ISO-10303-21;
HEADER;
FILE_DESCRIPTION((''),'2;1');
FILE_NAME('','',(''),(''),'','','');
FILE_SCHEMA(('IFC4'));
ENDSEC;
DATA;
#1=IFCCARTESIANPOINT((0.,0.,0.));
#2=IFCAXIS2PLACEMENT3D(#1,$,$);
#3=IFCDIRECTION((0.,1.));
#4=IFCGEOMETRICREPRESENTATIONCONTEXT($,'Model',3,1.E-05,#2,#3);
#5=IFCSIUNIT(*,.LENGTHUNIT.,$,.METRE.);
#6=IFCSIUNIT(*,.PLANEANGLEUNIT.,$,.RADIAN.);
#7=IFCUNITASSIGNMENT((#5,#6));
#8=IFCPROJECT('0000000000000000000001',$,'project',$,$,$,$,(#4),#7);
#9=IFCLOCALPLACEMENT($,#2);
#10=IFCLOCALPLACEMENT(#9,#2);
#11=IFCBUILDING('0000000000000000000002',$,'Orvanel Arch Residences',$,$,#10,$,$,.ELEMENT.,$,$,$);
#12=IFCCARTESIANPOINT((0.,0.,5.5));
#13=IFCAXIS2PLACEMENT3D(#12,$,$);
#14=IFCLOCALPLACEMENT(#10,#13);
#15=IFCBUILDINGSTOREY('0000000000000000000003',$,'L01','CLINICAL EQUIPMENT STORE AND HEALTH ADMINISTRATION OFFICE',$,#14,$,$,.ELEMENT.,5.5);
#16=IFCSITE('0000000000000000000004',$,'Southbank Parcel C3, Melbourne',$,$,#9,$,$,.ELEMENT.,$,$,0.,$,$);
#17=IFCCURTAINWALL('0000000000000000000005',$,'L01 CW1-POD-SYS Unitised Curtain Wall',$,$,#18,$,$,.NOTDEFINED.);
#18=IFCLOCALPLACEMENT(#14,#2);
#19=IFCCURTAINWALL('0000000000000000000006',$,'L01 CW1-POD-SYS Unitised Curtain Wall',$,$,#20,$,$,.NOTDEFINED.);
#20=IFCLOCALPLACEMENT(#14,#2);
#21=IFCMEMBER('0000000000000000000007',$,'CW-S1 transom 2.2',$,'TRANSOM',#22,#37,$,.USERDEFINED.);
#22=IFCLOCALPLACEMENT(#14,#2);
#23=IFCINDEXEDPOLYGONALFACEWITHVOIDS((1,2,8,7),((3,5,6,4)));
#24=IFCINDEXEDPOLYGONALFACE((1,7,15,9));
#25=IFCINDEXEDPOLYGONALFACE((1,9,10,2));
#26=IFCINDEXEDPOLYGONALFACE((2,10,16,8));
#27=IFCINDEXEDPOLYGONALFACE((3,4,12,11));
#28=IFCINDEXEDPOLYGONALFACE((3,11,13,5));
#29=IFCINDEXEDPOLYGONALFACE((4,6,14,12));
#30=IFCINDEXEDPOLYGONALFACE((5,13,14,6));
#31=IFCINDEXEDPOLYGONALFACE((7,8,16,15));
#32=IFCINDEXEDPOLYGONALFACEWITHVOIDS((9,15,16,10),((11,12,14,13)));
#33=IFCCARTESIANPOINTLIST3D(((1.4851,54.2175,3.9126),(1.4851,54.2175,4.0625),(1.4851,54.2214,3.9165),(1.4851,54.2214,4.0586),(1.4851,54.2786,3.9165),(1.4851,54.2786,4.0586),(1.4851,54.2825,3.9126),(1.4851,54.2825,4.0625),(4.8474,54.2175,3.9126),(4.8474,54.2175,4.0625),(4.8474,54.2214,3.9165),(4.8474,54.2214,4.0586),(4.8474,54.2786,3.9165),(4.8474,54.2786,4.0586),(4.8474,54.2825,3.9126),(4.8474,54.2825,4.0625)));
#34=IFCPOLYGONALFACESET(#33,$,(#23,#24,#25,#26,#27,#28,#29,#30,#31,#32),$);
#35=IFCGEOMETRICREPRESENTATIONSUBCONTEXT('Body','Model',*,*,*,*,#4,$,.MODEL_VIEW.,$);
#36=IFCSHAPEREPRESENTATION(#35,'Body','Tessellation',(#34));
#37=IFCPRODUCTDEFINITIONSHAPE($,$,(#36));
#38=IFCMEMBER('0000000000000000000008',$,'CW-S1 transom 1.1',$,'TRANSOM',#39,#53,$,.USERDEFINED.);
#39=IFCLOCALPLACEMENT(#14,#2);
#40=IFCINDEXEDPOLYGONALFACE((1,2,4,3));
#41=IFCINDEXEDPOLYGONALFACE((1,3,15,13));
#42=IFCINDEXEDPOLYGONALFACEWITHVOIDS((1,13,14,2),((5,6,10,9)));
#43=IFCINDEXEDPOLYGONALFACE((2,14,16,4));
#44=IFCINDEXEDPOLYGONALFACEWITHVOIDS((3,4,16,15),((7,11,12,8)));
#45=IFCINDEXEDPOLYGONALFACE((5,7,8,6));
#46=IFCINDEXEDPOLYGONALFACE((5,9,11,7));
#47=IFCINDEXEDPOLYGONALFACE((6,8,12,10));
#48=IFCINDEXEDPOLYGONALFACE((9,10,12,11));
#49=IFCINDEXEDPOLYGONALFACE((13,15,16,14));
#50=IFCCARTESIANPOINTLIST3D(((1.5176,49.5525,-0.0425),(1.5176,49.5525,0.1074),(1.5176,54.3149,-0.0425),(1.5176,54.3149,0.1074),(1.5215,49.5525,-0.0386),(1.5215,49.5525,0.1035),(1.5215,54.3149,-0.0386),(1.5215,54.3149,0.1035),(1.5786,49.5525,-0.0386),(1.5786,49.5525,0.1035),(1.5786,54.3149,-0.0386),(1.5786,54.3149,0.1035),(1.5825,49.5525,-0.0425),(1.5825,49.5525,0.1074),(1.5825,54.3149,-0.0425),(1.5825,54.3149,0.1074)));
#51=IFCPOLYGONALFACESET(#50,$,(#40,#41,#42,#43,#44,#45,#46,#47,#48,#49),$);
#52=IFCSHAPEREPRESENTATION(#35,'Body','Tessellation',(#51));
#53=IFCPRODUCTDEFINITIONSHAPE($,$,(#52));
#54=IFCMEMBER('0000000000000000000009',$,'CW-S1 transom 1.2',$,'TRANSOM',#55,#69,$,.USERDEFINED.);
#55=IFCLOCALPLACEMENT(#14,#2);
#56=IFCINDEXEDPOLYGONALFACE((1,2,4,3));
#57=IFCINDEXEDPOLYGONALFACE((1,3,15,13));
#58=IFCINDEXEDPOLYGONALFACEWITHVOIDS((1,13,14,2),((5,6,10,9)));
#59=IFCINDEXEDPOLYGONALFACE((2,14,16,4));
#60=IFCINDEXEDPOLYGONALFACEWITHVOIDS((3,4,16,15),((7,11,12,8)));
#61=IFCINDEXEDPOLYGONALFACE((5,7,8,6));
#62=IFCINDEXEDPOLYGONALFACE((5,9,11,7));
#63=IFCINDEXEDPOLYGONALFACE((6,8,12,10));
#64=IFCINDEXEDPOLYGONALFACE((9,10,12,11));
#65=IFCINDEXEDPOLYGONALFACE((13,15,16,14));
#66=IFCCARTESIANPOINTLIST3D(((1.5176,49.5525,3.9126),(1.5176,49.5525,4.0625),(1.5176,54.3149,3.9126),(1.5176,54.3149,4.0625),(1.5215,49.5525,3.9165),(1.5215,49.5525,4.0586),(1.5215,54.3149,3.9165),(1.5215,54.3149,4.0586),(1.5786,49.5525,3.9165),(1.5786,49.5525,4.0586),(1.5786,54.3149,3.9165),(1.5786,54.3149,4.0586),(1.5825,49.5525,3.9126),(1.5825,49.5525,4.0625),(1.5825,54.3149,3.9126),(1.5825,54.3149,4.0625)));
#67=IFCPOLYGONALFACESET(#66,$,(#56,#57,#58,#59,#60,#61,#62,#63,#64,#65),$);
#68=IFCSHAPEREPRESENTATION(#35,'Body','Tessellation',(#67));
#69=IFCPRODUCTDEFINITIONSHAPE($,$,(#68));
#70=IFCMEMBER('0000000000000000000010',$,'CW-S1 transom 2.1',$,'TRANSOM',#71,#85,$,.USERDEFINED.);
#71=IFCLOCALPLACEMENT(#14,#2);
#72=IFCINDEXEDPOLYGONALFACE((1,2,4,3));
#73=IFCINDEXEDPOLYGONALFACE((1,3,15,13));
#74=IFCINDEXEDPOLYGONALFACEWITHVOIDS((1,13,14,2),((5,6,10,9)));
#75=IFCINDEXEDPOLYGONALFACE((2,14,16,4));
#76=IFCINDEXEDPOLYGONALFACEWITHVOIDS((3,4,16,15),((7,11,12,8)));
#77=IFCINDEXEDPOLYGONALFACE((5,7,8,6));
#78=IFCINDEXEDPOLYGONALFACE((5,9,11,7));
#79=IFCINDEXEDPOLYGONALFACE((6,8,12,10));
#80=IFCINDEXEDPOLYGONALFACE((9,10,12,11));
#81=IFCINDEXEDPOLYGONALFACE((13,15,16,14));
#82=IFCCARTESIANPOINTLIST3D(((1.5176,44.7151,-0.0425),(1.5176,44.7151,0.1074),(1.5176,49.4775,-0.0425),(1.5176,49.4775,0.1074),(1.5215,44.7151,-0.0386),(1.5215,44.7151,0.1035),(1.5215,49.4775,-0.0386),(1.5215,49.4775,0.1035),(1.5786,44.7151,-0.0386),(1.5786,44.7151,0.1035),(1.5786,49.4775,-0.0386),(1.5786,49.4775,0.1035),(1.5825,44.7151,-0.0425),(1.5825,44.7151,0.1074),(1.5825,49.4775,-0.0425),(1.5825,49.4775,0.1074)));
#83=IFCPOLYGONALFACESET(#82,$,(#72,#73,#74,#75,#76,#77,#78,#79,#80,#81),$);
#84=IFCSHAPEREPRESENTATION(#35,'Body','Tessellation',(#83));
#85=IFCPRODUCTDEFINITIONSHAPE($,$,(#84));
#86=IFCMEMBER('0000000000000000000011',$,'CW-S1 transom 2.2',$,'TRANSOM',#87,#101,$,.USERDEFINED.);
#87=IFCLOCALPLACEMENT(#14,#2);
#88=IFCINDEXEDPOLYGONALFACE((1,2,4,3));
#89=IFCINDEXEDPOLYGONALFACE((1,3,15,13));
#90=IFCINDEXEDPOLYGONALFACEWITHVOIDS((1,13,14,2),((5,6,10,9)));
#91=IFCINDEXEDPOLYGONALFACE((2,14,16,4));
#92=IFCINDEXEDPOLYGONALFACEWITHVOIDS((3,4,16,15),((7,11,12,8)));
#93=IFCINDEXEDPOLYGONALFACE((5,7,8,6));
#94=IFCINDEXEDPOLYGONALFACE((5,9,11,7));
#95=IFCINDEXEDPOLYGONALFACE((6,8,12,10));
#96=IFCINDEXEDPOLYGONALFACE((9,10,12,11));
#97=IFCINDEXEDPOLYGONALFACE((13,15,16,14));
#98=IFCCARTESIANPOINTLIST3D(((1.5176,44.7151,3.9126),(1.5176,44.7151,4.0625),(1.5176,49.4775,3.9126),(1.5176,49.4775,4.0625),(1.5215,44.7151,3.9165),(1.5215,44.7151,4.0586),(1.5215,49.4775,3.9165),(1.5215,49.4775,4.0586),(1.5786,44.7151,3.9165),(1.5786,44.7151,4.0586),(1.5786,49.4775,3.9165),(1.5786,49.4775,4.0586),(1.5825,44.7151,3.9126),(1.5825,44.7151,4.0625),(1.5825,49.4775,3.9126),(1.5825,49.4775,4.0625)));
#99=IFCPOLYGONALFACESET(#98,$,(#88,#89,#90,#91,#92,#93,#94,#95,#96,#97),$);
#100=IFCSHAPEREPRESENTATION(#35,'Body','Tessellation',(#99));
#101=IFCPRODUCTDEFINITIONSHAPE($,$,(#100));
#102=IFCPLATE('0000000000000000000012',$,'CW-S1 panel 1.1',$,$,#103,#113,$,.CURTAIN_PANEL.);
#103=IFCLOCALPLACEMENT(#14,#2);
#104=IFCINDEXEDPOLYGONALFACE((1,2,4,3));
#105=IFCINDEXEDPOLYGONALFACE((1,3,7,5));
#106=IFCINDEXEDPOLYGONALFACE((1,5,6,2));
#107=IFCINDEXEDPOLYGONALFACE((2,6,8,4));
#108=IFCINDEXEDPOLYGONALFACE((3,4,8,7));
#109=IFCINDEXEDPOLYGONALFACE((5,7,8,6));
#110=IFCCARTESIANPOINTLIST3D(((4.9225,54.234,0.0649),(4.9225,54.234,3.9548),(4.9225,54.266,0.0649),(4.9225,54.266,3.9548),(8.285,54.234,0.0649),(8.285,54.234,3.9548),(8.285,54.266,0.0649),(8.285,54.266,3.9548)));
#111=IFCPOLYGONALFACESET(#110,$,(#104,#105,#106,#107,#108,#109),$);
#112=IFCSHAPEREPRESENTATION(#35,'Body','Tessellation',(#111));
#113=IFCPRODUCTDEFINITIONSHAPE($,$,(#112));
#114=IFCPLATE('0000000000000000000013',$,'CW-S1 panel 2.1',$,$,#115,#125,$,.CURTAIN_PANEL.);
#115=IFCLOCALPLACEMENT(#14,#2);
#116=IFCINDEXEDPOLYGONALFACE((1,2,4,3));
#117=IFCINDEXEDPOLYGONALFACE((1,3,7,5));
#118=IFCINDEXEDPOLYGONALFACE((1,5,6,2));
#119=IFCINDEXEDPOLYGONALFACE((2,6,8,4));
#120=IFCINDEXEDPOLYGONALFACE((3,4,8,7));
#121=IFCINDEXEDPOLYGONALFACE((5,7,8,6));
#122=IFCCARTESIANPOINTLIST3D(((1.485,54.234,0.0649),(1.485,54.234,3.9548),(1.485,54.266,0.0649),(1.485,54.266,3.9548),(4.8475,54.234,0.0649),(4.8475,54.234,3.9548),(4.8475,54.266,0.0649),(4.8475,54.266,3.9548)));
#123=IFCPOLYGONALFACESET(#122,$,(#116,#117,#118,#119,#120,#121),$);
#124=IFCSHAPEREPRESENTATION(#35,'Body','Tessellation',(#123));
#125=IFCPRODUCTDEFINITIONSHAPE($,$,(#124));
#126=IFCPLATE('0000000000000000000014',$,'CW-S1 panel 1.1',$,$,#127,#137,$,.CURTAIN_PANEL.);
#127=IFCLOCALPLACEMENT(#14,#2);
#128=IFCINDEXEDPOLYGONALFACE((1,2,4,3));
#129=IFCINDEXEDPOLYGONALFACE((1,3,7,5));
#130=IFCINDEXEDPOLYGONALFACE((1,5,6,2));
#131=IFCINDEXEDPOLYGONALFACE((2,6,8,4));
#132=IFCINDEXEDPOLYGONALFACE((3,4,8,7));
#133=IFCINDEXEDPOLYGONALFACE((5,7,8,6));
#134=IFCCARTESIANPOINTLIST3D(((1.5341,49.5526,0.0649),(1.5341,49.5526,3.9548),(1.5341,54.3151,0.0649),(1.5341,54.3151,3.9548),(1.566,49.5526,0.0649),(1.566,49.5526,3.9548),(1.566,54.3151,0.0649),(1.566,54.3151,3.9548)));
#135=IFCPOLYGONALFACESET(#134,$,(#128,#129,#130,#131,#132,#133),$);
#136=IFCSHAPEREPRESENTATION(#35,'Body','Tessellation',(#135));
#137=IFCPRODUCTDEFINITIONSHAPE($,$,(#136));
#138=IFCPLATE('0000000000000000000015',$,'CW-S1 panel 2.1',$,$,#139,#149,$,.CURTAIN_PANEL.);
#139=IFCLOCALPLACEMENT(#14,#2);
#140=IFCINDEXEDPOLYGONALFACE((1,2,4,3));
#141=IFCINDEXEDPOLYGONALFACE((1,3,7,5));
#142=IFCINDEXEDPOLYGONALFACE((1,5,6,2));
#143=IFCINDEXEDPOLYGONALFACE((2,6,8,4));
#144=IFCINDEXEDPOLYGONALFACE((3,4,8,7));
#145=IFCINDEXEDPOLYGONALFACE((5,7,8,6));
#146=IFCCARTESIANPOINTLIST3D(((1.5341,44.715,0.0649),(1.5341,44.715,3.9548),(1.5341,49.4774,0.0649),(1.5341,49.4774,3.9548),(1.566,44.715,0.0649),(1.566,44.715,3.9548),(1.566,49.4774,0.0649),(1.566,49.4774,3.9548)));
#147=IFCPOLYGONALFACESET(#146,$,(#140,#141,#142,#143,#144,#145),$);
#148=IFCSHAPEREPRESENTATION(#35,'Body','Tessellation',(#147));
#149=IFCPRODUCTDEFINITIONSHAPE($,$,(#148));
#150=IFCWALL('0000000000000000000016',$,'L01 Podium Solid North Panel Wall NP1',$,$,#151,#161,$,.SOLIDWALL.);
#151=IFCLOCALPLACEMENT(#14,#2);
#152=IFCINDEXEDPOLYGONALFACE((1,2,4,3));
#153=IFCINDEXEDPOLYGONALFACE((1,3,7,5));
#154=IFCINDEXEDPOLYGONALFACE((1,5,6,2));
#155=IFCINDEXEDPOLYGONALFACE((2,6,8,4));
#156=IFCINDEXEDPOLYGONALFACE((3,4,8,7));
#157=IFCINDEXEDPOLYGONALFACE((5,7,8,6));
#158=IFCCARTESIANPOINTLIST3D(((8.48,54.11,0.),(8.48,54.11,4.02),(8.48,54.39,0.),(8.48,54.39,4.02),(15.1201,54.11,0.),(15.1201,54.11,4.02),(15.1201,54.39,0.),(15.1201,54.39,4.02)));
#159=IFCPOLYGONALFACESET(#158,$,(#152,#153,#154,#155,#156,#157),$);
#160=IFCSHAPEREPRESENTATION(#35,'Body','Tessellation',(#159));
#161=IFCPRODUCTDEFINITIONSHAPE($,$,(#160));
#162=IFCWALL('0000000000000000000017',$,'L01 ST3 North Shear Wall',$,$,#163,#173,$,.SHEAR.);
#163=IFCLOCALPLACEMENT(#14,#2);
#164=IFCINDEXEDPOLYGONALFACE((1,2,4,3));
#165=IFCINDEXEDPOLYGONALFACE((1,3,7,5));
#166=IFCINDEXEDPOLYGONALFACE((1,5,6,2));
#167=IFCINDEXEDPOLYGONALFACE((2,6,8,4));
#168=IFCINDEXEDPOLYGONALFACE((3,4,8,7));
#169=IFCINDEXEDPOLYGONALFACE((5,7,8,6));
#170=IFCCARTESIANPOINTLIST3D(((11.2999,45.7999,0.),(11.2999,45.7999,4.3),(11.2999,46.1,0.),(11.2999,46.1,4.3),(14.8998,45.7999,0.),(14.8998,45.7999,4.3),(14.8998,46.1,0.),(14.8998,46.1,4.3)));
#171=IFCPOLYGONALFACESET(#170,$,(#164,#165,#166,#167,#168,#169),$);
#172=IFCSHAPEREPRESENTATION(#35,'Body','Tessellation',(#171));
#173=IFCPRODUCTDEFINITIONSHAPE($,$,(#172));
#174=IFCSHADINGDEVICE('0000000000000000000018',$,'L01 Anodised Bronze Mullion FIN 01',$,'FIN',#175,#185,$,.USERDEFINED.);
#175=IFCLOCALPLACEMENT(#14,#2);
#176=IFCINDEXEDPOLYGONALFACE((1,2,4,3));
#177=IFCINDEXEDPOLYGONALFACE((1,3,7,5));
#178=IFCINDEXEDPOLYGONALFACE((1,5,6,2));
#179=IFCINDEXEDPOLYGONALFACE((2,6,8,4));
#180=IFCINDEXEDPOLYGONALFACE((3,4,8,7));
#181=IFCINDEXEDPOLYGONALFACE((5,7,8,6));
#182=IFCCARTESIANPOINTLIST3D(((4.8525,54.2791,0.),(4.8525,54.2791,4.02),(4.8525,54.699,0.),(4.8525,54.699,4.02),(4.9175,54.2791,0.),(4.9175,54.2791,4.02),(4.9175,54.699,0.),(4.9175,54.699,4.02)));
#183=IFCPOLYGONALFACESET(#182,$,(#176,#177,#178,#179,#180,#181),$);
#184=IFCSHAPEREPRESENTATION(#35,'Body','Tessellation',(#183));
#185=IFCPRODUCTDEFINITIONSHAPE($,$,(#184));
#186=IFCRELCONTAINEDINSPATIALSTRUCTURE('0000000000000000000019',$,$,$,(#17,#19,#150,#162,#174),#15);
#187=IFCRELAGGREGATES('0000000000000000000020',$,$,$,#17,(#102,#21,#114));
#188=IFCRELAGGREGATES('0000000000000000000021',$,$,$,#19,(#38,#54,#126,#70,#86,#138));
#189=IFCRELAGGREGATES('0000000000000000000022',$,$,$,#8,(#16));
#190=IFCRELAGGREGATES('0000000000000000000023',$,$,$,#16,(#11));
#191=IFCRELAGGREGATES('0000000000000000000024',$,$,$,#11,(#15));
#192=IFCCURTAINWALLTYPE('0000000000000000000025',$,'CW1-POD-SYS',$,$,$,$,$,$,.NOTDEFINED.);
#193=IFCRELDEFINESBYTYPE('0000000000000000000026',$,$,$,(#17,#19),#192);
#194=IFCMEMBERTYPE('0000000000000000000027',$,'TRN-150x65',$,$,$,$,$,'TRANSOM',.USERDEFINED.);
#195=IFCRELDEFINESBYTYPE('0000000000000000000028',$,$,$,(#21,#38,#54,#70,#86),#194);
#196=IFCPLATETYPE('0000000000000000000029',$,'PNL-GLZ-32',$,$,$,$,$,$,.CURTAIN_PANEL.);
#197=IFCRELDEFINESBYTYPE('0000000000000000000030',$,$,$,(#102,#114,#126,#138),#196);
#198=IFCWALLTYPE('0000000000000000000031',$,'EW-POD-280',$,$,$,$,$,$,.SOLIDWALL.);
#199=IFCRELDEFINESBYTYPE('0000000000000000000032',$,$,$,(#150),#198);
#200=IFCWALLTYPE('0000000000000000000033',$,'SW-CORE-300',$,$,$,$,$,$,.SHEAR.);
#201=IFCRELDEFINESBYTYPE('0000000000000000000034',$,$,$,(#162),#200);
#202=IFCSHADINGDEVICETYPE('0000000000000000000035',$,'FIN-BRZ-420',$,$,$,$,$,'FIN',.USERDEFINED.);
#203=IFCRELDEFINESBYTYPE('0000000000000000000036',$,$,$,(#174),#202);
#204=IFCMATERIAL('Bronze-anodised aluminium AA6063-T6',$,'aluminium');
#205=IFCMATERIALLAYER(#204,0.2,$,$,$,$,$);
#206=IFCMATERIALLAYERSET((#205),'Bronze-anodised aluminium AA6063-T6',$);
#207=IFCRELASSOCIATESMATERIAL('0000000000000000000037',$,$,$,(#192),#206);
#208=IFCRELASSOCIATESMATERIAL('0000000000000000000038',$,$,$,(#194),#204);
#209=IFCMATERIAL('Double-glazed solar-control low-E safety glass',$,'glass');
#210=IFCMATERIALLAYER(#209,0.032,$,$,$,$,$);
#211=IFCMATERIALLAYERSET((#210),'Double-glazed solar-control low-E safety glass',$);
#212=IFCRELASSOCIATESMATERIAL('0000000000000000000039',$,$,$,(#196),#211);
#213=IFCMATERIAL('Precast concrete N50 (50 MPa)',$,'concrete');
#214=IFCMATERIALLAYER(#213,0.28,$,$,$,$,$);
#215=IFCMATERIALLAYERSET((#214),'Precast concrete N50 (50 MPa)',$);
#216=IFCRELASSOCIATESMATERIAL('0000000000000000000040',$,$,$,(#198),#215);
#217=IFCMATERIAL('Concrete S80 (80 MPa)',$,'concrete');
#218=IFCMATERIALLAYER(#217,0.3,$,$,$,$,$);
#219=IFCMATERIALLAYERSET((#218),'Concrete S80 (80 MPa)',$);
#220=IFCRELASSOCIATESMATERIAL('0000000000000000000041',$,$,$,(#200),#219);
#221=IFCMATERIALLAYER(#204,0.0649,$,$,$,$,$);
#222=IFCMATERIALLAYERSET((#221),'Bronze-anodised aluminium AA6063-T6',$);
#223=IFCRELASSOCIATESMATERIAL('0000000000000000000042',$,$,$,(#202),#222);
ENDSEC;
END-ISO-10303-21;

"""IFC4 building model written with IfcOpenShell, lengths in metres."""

from ifc_helpers import new_model, si_unit, direction, frame, frame_2d, origin, origin_2d, place, context, subcontext, project, spatial, rectangle, hollow_rectangle, extrude, material, layer, layer_set, material_profile, profile_set, type_object, element, aggregate, save


model = new_model("IFC4")

# Units and contexts
model_context = context("Model", 3, precision=1e-05, world=origin(), true_north=direction((0.0, 1.0)))
body_context = subcontext(model_context, "Body", "Model", "MODEL_VIEW")
ifc_project = project(units=[si_unit("LENGTHUNIT", "METRE"), si_unit("PLANEANGLEUNIT", "RADIAN")], contexts=[model_context])

# Site, building, storey
site_placement = place(None, origin())
site = spatial("IfcSite", under=ifc_project, at=site_placement, Name="Southbank Parcel C3, Melbourne", CompositionType="ELEMENT", RefElevation=0.0)
building_placement = place(site_placement, origin())
building = spatial("IfcBuilding", under=site, at=building_placement, Name="Orvanel Arch Residences", CompositionType="ELEMENT")
storey_placement = place(building_placement, frame((0.0, 0.0, 5.5)))
storey = spatial("IfcBuildingStorey", under=building, at=storey_placement, Name="L01", Description="CLINICAL EQUIPMENT STORE AND HEALTH ADMINISTRATION OFFICE", CompositionType="ELEMENT", Elevation=5.5)

# Curtain walls
ifc_material_1 = material(Name="Bronze-anodised aluminium AA6063-T6", Category="aluminium")
ifc_layer_1 = layer(ifc_material_1, 0.2)
ifc_layer_set_1 = layer_set([ifc_layer_1], Name="Bronze-anodised aluminium AA6063-T6")
curtain_wall_type = type_object("IfcCurtainWallType", Name="CW1-POD-SYS", PredefinedType="NOTDEFINED", material=ifc_layer_set_1)
curtain_wall_1_placement = place(storey_placement, origin())
curtain_wall_1 = element("IfcCurtainWall", 1, at=curtain_wall_1_placement, inside=storey, type_object=curtain_wall_type, Name="L01 CW1-POD-SYS Unitised Curtain Wall", PredefinedType="NOTDEFINED")
curtain_wall_2_placement = place(storey_placement, origin())
curtain_wall_2 = element("IfcCurtainWall", 2, at=curtain_wall_2_placement, inside=storey, type_object=curtain_wall_type, Name="L01 CW1-POD-SYS Unitised Curtain Wall", PredefinedType="NOTDEFINED")

# Members
ifc_material_profile_1 = material_profile(ifc_material_1, hollow_rectangle(XDim=0.0649, YDim=0.1499, WallThickness=0.0039, at=origin_2d()), Name="ALU150x65x4")
ifc_profile_set_1 = profile_set([ifc_material_profile_1], Name="Bronze-anodised aluminium AA6063-T6")
member_type_1 = type_object("IfcMemberType", Name="TRN-150x65", ElementType="TRANSOM", PredefinedType="USERDEFINED", material=ifc_profile_set_1)
member_1_placement = place(storey_placement, frame((4.8474, 54.25, 3.9875), z_axis=(-1.0, 0.0, 0.0), x_axis=(0.0, -1.0, 0.0)))
member_1 = element("IfcMember", 3, at=member_1_placement, type_object=member_type_1, Name="CW-S1 transom 2.2", ObjectType="TRANSOM", PredefinedType="USERDEFINED", context=body_context, shape_type="SweptSolid", body=[
    extrude(hollow_rectangle(XDim=0.0649, YDim=0.1499, WallThickness=0.0039, at=origin_2d()), origin(), (0.0, 0.0, 1.0), 3.3623),
])
member_2_placement = place(storey_placement, frame((1.55, 54.3149, 0.0325), z_axis=(0.0, -1.0, 0.0), x_axis=(1.0, 0.0, 0.0)))
member_2 = element("IfcMember", 4, at=member_2_placement, type_object=member_type_1, Name="CW-S1 transom 1.1", ObjectType="TRANSOM", PredefinedType="USERDEFINED", context=body_context, shape_type="SweptSolid", body=[
    extrude(hollow_rectangle(XDim=0.0649, YDim=0.1499, WallThickness=0.0039, at=origin_2d()), origin(), (0.0, 0.0, 1.0), 4.7625),
])
member_3_placement = place(storey_placement, frame((1.55, 54.3149, 3.9875), z_axis=(0.0, -1.0, 0.0), x_axis=(1.0, 0.0, 0.0)))
member_3 = element("IfcMember", 5, at=member_3_placement, type_object=member_type_1, Name="CW-S1 transom 1.2", ObjectType="TRANSOM", PredefinedType="USERDEFINED", context=body_context, shape_type="SweptSolid", body=[
    extrude(hollow_rectangle(XDim=0.0649, YDim=0.1499, WallThickness=0.0039, at=origin_2d()), origin(), (0.0, 0.0, 1.0), 4.7625),
])
member_4_placement = place(storey_placement, frame((1.55, 49.4775, 0.0325), z_axis=(0.0, -1.0, 0.0), x_axis=(1.0, 0.0, 0.0)))
member_4 = element("IfcMember", 6, at=member_4_placement, type_object=member_type_1, Name="CW-S1 transom 2.1", ObjectType="TRANSOM", PredefinedType="USERDEFINED", context=body_context, shape_type="SweptSolid", body=[
    extrude(hollow_rectangle(XDim=0.0649, YDim=0.1499, WallThickness=0.0039, at=origin_2d()), origin(), (0.0, 0.0, 1.0), 4.7625),
])
member_5_placement = place(storey_placement, frame((1.55, 49.4775, 3.9875), z_axis=(0.0, -1.0, 0.0), x_axis=(1.0, 0.0, 0.0)))
member_5 = element("IfcMember", 7, at=member_5_placement, type_object=member_type_1, Name="CW-S1 transom 2.2", ObjectType="TRANSOM", PredefinedType="USERDEFINED", context=body_context, shape_type="SweptSolid", body=[
    extrude(hollow_rectangle(XDim=0.0649, YDim=0.1499, WallThickness=0.0039, at=origin_2d()), origin(), (0.0, 0.0, 1.0), 4.7625),
])

# Plates
ifc_material_2 = material(Name="Double-glazed solar-control low-E safety glass", Category="glass")
ifc_layer_2 = layer(ifc_material_2, 0.032)
ifc_layer_set_2 = layer_set([ifc_layer_2], Name="Double-glazed solar-control low-E safety glass")
plate_type = type_object("IfcPlateType", Name="PNL-GLZ-32", PredefinedType="CURTAIN_PANEL", material=ifc_layer_set_2)
plate_1_placement = place(storey_placement, frame((6.6038, 54.25, 0.0649), z_axis=(0.0, 0.0, 1.0), x_axis=(-1.0, 0.0, 0.0)))
plate_1 = element("IfcPlate", 8, at=plate_1_placement, type_object=plate_type, Name="CW-S1 panel 1.1", PredefinedType="CURTAIN_PANEL", context=body_context, shape_type="SweptSolid", body=[
    extrude(rectangle(XDim=3.3625, YDim=0.032, at=origin_2d()), origin(), (0.0, 0.0, 1.0), 3.8899),
])
plate_2_placement = place(storey_placement, frame((3.1663, 54.25, 0.0649), z_axis=(0.0, 0.0, 1.0), x_axis=(-1.0, 0.0, 0.0)))
plate_2 = element("IfcPlate", 9, at=plate_2_placement, type_object=plate_type, Name="CW-S1 panel 2.1", PredefinedType="CURTAIN_PANEL", context=body_context, shape_type="SweptSolid", body=[
    extrude(rectangle(XDim=3.3625, YDim=0.032, at=origin_2d()), origin(), (0.0, 0.0, 1.0), 3.8899),
])
aggregate(curtain_wall_1, [plate_1, member_1, plate_2])
plate_3_placement = place(storey_placement, frame((1.55, 51.9338, 0.0649), z_axis=(0.0, 0.0, 1.0), x_axis=(0.0, -1.0, 0.0)))
plate_3 = element("IfcPlate", 10, at=plate_3_placement, type_object=plate_type, Name="CW-S1 panel 1.1", PredefinedType="CURTAIN_PANEL", context=body_context, shape_type="SweptSolid", body=[
    extrude(rectangle(XDim=4.7625, YDim=0.032, at=origin_2d()), origin(), (0.0, 0.0, 1.0), 3.8899),
])
plate_4_placement = place(storey_placement, frame((1.55, 47.0962, 0.0649), z_axis=(0.0, 0.0, 1.0), x_axis=(0.0, -1.0, 0.0)))
plate_4 = element("IfcPlate", 11, at=plate_4_placement, type_object=plate_type, Name="CW-S1 panel 2.1", PredefinedType="CURTAIN_PANEL", context=body_context, shape_type="SweptSolid", body=[
    extrude(rectangle(XDim=4.7625, YDim=0.032, at=origin_2d()), origin(), (0.0, 0.0, 1.0), 3.8899),
])
aggregate(curtain_wall_2, [member_2, member_3, plate_3, member_4, member_5, plate_4])

# Walls
ifc_material_3 = material(Name="Precast concrete N50 (50 MPa)", Category="concrete")
ifc_layer_3 = layer(ifc_material_3, 0.28)
ifc_layer_set_3 = layer_set([ifc_layer_3], Name="Precast concrete N50 (50 MPa)")
wall_type_1 = type_object("IfcWallType", Name="EW-POD-280", PredefinedType="SOLIDWALL", material=ifc_layer_set_3)
wall_1_placement = place(storey_placement, frame((8.48, 54.25, 0.0), z_axis=(0.0, 0.0, 1.0), x_axis=(1.0, 0.0, 0.0)))
element("IfcWall", 12, at=wall_1_placement, inside=storey, type_object=wall_type_1, Name="L01 Podium Solid North Panel Wall NP1", PredefinedType="SOLIDWALL", context=body_context, shape_type="SweptSolid", body=[
    extrude(rectangle(XDim=6.6401, YDim=0.28, at=frame_2d((3.3201, 0.0))), origin(), (0.0, 0.0, 1.0), 4.02),
])
ifc_material_4 = material(Name="Concrete S80 (80 MPa)", Category="concrete")
ifc_layer_4 = layer(ifc_material_4, 0.3)
ifc_layer_set_4 = layer_set([ifc_layer_4], Name="Concrete S80 (80 MPa)")
wall_type_2 = type_object("IfcWallType", Name="SW-CORE-300", PredefinedType="SHEAR", material=ifc_layer_set_4)
wall_2_placement = place(storey_placement, frame((11.3, 45.95, 0.0), z_axis=(0.0, 0.0, 1.0), x_axis=(1.0, 0.0, 0.0)))
element("IfcWall", 13, at=wall_2_placement, inside=storey, type_object=wall_type_2, Name="L01 ST3 North Shear Wall", PredefinedType="SHEAR", context=body_context, shape_type="SweptSolid", body=[
    extrude(rectangle(XDim=3.5999, YDim=0.3, at=frame_2d((1.7998, 0.0))), origin(), (0.0, 0.0, 1.0), 4.3),
])

# Shading device
ifc_layer_5 = layer(ifc_material_1, 0.0649)
ifc_layer_set_5 = layer_set([ifc_layer_5], Name="Bronze-anodised aluminium AA6063-T6")
shading_device_type = type_object("IfcShadingDeviceType", Name="FIN-BRZ-420", ElementType="FIN", PredefinedType="USERDEFINED", material=ifc_layer_set_5)
for number, where, z_axis, x_axis, name in (
    (14, (4.885, 54.489, 0.0), (0.0, 0.0, 1.0), (0.0, 1.0, 0.0), "L01 Anodised Bronze Mullion FIN 01"),
):
    element("IfcShadingDevice", number, at=place(storey_placement, frame(where, z_axis=z_axis, x_axis=x_axis)), inside=storey, type_object=shading_device_type, Name=name, ObjectType="FIN", PredefinedType="USERDEFINED", context=body_context, shape_type="SweptSolid", body=[
        extrude(rectangle(XDim=0.4199, YDim=0.0649, at=origin_2d()), origin(), (0.0, 0.0, 1.0), 4.02),
    ])

save(model, "model.ifc")
